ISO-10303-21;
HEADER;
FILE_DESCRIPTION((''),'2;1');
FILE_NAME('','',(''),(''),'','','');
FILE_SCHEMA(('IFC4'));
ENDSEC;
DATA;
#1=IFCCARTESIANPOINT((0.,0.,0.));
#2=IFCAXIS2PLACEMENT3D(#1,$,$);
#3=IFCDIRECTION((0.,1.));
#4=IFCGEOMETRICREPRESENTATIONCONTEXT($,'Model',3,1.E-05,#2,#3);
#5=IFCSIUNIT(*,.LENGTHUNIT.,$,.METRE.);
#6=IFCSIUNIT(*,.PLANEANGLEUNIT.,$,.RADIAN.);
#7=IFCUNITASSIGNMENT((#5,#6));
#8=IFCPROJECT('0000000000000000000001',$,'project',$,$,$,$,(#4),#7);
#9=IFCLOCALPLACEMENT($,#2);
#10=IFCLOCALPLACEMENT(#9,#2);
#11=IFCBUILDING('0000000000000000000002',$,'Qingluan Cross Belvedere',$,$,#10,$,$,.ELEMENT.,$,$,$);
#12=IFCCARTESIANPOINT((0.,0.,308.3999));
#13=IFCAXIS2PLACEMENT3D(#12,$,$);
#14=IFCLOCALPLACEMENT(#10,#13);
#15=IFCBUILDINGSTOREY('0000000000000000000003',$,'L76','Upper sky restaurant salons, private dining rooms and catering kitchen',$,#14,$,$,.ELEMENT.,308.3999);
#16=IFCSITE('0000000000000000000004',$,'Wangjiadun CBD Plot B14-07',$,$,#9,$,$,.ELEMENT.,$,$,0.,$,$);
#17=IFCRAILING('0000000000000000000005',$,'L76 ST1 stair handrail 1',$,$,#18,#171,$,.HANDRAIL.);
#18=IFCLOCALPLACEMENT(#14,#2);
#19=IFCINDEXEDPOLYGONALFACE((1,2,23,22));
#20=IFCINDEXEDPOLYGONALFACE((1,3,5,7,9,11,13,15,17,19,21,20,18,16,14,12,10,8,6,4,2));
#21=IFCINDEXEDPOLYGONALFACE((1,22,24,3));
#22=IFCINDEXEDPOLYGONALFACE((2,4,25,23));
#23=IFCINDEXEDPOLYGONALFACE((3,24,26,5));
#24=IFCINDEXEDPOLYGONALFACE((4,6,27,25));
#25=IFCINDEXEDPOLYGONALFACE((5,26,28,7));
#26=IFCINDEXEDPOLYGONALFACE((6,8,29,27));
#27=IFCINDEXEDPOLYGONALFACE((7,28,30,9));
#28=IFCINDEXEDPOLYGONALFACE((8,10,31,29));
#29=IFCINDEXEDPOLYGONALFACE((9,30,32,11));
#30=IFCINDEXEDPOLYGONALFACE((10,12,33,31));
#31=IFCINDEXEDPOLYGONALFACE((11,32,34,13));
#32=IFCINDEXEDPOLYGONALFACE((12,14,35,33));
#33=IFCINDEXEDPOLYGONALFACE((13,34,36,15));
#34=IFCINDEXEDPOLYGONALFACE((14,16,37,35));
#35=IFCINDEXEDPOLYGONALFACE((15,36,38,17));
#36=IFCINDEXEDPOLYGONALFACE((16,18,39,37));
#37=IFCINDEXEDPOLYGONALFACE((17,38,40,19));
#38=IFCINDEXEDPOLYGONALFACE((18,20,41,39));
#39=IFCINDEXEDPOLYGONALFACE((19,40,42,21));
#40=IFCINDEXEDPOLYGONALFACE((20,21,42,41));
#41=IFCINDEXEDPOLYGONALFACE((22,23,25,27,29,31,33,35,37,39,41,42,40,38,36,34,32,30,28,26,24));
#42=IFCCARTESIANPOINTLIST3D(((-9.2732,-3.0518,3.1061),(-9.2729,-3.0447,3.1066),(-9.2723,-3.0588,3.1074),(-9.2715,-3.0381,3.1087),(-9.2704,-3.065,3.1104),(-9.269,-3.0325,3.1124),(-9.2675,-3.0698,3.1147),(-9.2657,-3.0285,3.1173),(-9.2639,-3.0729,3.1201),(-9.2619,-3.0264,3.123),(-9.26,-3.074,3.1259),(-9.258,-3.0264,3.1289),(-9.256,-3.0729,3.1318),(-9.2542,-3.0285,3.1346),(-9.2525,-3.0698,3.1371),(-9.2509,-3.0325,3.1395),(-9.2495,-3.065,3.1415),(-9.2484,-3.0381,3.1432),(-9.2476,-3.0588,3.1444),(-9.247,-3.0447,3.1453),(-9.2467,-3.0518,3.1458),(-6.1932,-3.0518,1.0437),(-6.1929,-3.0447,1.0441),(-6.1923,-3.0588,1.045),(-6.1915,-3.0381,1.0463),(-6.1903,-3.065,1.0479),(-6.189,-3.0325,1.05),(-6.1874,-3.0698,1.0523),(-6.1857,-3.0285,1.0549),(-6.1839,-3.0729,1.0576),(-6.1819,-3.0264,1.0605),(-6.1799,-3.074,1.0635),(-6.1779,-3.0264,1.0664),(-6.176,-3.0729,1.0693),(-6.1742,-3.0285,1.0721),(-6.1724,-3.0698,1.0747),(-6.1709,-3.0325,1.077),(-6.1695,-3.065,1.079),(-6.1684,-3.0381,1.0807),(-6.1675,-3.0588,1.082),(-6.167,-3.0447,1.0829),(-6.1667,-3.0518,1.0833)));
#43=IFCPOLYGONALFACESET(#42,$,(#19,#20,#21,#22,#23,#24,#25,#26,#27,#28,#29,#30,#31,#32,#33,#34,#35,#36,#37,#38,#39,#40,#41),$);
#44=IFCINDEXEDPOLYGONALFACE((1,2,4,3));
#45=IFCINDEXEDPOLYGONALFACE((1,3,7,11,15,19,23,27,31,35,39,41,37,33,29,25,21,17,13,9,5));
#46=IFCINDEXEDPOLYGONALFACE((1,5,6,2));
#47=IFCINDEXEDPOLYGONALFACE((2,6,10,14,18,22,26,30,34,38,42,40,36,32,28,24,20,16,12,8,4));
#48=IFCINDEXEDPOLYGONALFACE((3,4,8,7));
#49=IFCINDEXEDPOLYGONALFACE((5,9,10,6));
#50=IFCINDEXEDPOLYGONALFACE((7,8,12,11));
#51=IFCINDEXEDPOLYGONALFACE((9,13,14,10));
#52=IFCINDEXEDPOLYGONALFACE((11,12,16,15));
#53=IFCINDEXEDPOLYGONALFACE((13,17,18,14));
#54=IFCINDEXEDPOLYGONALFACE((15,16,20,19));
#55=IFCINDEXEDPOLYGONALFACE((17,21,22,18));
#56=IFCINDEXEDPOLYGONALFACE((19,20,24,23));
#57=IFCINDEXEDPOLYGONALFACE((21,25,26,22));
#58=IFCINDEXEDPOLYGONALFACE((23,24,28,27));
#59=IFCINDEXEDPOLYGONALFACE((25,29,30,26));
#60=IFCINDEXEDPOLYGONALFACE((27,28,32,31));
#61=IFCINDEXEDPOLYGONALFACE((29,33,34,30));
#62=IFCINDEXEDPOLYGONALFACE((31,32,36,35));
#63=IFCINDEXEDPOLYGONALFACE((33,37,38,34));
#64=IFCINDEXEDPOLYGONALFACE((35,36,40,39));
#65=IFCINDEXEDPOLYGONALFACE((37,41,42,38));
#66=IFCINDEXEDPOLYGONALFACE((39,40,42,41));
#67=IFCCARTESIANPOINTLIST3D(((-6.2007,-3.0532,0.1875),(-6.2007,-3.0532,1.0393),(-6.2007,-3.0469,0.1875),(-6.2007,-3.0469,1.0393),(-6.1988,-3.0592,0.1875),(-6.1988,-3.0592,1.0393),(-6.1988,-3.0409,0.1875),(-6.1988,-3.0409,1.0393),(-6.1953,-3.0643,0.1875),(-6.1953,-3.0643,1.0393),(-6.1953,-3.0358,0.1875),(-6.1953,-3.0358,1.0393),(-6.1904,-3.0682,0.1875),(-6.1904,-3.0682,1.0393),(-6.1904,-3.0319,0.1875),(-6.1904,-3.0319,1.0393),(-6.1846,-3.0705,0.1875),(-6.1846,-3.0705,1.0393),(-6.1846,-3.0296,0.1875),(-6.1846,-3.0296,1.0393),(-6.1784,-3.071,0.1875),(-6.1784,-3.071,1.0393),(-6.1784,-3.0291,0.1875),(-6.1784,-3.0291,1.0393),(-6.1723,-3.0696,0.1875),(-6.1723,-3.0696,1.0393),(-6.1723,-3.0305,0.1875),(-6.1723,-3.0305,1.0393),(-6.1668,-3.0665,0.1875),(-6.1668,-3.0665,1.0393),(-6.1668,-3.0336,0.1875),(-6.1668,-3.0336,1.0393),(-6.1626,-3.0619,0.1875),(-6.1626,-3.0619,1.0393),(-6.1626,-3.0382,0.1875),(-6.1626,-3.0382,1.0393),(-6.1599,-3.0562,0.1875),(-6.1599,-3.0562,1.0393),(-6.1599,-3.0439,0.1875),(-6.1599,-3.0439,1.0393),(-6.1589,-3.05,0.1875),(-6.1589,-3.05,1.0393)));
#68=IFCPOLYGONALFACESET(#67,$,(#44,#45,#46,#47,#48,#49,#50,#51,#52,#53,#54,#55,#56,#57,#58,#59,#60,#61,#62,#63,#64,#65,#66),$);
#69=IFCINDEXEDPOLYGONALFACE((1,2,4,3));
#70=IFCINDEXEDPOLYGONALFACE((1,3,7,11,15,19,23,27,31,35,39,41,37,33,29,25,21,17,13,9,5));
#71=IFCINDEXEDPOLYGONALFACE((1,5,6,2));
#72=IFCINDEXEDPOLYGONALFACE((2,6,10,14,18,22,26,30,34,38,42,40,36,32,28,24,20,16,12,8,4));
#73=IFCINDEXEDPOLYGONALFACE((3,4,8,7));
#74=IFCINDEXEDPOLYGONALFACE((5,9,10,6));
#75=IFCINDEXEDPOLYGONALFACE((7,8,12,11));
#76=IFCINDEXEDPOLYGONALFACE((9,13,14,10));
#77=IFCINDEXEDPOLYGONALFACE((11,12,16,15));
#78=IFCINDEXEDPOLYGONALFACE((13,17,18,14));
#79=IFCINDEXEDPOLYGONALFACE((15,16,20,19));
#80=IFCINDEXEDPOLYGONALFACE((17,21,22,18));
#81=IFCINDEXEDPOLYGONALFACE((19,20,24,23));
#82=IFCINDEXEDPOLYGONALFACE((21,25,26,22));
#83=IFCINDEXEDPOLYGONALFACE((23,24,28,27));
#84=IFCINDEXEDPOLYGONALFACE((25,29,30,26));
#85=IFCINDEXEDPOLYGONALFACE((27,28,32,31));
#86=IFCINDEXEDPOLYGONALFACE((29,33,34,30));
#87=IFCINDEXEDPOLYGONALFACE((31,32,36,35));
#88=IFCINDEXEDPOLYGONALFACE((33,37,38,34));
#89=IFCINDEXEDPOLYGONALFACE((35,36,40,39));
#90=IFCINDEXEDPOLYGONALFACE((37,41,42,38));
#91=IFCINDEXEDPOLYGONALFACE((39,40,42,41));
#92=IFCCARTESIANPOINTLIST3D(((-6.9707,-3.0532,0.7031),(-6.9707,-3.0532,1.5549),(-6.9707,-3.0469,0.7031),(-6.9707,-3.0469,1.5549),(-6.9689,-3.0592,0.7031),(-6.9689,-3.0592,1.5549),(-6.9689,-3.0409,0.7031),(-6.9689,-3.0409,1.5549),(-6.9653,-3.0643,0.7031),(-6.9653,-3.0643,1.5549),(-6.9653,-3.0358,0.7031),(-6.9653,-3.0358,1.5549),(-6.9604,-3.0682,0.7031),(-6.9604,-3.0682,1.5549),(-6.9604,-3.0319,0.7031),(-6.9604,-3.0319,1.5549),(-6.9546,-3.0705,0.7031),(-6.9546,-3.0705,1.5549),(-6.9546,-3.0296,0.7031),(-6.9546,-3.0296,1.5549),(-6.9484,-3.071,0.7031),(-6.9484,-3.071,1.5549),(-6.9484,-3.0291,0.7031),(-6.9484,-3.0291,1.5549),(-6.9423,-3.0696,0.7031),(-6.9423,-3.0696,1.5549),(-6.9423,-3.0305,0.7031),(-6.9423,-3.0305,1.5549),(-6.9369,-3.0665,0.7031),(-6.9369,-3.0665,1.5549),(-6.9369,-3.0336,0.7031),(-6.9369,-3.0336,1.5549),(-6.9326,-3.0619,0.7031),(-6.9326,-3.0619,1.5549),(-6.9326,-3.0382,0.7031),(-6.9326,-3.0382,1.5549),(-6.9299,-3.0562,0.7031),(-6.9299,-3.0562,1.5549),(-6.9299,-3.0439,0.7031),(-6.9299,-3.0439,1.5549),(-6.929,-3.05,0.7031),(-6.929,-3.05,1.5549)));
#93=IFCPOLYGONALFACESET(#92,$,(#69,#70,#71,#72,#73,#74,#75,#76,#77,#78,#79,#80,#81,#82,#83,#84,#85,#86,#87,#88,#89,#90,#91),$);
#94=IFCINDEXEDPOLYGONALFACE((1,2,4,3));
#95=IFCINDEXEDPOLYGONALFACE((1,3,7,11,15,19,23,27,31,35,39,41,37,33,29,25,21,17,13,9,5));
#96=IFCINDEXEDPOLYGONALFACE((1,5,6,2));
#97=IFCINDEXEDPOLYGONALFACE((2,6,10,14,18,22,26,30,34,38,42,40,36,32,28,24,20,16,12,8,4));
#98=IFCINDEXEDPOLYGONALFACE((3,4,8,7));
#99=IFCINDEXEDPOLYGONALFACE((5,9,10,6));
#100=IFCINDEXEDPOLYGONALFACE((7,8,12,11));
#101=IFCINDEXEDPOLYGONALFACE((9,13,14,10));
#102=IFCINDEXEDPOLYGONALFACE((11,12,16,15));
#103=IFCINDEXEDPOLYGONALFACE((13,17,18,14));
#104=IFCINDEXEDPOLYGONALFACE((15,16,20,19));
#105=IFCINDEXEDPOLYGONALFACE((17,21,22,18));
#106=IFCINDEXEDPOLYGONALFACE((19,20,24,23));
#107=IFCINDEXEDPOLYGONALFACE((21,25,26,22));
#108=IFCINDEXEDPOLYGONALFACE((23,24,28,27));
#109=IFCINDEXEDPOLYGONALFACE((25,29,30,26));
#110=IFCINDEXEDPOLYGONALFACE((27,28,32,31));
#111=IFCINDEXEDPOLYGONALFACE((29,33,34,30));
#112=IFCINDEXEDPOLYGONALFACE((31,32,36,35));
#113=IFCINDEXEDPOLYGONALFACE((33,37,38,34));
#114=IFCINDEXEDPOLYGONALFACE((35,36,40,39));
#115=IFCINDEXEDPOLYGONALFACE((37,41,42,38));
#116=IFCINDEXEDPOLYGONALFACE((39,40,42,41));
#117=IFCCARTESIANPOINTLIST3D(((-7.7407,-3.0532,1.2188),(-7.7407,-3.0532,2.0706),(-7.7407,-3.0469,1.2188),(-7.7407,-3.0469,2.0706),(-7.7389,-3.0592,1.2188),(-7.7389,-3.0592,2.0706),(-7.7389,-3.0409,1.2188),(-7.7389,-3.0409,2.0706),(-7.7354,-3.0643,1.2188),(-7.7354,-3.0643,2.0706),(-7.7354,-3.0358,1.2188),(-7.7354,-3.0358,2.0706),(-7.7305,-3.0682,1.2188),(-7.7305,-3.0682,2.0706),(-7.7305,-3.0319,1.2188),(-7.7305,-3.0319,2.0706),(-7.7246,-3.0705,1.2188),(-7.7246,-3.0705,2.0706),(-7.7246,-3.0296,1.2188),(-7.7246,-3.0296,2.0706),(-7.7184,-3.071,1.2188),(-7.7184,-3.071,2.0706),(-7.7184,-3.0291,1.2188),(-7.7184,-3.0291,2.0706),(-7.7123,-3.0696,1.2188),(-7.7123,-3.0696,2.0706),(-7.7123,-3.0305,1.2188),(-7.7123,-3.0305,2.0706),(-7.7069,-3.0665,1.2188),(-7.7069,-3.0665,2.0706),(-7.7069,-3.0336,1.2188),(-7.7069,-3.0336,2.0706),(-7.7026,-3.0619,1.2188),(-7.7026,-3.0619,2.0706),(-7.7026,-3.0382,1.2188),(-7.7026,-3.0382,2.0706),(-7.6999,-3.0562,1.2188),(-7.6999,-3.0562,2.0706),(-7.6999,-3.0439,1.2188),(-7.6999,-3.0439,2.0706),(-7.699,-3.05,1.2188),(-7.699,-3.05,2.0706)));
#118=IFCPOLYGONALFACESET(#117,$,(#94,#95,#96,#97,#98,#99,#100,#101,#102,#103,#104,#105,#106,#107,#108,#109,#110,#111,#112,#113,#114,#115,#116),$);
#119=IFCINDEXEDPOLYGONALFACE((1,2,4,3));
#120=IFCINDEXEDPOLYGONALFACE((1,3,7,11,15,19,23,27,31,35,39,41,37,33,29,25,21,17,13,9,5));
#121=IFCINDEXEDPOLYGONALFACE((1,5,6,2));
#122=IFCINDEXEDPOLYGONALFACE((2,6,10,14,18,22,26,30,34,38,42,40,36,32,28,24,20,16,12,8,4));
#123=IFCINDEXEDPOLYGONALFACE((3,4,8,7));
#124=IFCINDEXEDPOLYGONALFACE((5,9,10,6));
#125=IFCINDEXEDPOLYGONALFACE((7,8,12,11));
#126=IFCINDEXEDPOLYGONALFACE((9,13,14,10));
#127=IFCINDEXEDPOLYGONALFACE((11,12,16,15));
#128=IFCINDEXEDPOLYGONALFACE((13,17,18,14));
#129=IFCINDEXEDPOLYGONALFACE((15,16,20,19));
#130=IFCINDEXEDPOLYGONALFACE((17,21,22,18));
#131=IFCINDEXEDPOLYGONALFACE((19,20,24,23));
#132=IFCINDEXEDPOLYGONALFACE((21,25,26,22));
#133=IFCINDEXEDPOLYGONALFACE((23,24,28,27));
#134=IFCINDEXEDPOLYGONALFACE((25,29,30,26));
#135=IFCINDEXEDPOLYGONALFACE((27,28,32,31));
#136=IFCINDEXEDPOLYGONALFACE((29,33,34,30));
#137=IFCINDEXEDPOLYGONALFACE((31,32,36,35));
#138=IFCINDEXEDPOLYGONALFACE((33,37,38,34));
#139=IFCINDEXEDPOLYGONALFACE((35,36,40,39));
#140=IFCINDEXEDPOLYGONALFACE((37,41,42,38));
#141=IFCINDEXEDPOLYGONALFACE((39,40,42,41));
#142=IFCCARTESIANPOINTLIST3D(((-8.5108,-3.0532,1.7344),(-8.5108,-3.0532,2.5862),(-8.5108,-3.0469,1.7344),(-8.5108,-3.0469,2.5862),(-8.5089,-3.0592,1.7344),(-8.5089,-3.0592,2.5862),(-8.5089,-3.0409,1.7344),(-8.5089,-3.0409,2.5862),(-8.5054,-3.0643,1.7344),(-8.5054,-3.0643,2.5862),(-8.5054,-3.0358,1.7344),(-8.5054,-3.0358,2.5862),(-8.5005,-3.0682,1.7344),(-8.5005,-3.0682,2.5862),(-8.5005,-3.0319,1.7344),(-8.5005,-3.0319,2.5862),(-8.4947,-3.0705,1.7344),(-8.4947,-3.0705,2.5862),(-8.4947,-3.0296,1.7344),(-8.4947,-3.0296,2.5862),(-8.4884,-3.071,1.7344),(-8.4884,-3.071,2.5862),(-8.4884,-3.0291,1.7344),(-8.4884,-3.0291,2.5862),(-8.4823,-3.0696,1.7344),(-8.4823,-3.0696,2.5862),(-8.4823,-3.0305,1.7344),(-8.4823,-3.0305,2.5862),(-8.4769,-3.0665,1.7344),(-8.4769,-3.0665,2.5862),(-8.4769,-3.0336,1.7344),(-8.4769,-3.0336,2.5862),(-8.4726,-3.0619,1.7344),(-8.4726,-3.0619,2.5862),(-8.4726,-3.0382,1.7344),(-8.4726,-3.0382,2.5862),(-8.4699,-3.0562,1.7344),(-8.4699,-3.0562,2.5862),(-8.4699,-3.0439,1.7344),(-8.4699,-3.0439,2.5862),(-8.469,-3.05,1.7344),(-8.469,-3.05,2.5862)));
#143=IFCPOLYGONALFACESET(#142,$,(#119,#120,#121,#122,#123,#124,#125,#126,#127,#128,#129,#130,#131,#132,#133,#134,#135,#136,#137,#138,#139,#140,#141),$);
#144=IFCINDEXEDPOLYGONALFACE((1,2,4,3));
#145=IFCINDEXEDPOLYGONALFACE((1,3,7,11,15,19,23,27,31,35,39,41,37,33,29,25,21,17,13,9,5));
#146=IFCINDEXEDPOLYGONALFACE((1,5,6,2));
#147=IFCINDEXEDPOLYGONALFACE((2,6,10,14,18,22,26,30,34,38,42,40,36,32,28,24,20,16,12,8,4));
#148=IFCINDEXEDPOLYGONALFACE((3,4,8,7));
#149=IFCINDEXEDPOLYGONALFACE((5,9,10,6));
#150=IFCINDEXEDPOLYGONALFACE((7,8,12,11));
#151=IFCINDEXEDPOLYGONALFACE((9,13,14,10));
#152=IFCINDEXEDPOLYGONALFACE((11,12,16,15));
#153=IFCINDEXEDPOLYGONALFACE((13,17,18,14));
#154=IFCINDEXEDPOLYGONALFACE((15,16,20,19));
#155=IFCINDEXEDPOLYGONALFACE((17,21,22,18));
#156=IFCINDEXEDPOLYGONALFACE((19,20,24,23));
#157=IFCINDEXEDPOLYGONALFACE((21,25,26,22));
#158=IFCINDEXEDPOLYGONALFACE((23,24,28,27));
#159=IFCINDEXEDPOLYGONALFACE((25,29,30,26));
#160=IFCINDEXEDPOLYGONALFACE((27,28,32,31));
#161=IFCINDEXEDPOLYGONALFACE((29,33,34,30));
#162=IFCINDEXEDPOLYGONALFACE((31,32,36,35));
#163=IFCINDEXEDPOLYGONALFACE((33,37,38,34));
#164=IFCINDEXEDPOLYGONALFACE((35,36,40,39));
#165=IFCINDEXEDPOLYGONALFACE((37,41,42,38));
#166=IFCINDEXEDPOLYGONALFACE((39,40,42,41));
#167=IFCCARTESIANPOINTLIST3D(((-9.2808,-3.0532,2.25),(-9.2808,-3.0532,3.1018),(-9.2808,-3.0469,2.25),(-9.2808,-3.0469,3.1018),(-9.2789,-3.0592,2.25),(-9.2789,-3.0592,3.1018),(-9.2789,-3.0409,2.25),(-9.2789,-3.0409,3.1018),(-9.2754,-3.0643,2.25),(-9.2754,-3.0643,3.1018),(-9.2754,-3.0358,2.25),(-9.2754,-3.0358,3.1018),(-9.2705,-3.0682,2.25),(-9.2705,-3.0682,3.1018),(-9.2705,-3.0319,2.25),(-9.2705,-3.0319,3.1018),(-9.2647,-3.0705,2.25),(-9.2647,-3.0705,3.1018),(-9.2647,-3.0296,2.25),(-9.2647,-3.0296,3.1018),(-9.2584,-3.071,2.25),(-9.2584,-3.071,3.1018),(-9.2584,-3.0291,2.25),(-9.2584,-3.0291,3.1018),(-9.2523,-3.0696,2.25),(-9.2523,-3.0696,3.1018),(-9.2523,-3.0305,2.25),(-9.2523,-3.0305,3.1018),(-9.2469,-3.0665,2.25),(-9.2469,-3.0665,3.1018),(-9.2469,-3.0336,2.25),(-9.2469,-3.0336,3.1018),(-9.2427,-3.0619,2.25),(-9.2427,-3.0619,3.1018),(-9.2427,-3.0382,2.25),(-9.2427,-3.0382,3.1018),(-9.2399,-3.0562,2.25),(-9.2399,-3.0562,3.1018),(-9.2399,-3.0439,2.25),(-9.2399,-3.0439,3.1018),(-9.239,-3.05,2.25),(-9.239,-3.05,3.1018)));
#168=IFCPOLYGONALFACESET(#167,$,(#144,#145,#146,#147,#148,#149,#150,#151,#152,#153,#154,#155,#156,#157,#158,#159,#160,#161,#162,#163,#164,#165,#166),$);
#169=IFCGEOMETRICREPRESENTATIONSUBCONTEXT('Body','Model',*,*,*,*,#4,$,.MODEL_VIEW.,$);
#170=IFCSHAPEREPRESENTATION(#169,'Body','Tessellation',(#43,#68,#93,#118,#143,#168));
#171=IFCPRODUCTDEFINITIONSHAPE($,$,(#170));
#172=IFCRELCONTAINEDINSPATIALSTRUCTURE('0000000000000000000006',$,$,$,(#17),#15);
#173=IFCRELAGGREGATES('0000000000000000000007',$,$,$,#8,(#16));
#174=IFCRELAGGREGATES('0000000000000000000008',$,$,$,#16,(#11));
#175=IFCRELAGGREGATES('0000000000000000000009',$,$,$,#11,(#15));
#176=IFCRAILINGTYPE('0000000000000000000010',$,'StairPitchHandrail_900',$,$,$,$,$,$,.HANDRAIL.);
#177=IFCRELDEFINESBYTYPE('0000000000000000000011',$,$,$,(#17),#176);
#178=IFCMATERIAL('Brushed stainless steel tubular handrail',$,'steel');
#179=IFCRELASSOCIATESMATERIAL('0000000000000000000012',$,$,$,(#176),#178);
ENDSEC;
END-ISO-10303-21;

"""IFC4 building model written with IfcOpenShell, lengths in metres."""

from ifc_helpers import new_model, si_unit, direction, frame, origin, origin_2d, place, context, subcontext, project, spatial, circle, extrude, material, type_object, element, save


model = new_model("IFC4")

# Units and contexts
model_context = context("Model", 3, precision=1e-05, world=origin(), true_north=direction((0.0, 1.0)))
body_context = subcontext(model_context, "Body", "Model", "MODEL_VIEW")
ifc_project = project(units=[si_unit("LENGTHUNIT", "METRE"), si_unit("PLANEANGLEUNIT", "RADIAN")], contexts=[model_context])

# Site, building, storey
site_placement = place(None, origin())
site = spatial("IfcSite", under=ifc_project, at=site_placement, Name="Wangjiadun CBD Plot B14-07", CompositionType="ELEMENT", RefElevation=0.0)
building_placement = place(site_placement, origin())
building = spatial("IfcBuilding", under=site, at=building_placement, Name="Qingluan Cross Belvedere", CompositionType="ELEMENT")
storey_placement = place(building_placement, frame((0.0, 0.0, 308.3999)))
storey = spatial("IfcBuildingStorey", under=building, at=storey_placement, Name="L76", Description="Upper sky restaurant salons, private dining rooms and catering kitchen", CompositionType="ELEMENT", Elevation=308.3999)

# Railing
ifc_material_1 = material(Name="Brushed stainless steel tubular handrail", Category="steel")
railing_type_1 = type_object("IfcRailingType", Name="StairPitchHandrail_900", PredefinedType="HANDRAIL", material=ifc_material_1)
railing_1_placement = place(storey_placement, frame((-6.1799, -3.05, 0.1875)))
element("IfcRailing", 1, at=railing_1_placement, inside=storey, type_object=railing_type_1, Name="L76 ST1 stair handrail 1", PredefinedType="HANDRAIL", context=body_context, shape_type="SweptSolid", body=[
    extrude(circle(Radius=0.0239, at=origin_2d()), frame((0.0, 0.0, 0.876), z_axis=(-0.830914, 0.0, 0.556401), x_axis=(0.0, -1.0, 0.0)), (0.0, 0.0, 1.0), 3.7068),
    extrude(circle(Radius=0.021, at=origin_2d()), origin(), (0.0, 0.0, 1.0), 0.8518),
    extrude(circle(Radius=0.021, at=origin_2d()), frame((-0.77, 0.0, 0.5156)), (0.0, 0.0, 1.0), 0.8518),
    extrude(circle(Radius=0.021, at=origin_2d()), frame((-1.54, 0.0, 1.0312)), (0.0, 0.0, 1.0), 0.8518),
    extrude(circle(Radius=0.021, at=origin_2d()), frame((-2.3101, 0.0, 1.5469)), (0.0, 0.0, 1.0), 0.8518),
    extrude(circle(Radius=0.021, at=origin_2d()), frame((-3.0801, 0.0, 2.0625)), (0.0, 0.0, 1.0), 0.8518),
])

save(model, "model.ifc")
